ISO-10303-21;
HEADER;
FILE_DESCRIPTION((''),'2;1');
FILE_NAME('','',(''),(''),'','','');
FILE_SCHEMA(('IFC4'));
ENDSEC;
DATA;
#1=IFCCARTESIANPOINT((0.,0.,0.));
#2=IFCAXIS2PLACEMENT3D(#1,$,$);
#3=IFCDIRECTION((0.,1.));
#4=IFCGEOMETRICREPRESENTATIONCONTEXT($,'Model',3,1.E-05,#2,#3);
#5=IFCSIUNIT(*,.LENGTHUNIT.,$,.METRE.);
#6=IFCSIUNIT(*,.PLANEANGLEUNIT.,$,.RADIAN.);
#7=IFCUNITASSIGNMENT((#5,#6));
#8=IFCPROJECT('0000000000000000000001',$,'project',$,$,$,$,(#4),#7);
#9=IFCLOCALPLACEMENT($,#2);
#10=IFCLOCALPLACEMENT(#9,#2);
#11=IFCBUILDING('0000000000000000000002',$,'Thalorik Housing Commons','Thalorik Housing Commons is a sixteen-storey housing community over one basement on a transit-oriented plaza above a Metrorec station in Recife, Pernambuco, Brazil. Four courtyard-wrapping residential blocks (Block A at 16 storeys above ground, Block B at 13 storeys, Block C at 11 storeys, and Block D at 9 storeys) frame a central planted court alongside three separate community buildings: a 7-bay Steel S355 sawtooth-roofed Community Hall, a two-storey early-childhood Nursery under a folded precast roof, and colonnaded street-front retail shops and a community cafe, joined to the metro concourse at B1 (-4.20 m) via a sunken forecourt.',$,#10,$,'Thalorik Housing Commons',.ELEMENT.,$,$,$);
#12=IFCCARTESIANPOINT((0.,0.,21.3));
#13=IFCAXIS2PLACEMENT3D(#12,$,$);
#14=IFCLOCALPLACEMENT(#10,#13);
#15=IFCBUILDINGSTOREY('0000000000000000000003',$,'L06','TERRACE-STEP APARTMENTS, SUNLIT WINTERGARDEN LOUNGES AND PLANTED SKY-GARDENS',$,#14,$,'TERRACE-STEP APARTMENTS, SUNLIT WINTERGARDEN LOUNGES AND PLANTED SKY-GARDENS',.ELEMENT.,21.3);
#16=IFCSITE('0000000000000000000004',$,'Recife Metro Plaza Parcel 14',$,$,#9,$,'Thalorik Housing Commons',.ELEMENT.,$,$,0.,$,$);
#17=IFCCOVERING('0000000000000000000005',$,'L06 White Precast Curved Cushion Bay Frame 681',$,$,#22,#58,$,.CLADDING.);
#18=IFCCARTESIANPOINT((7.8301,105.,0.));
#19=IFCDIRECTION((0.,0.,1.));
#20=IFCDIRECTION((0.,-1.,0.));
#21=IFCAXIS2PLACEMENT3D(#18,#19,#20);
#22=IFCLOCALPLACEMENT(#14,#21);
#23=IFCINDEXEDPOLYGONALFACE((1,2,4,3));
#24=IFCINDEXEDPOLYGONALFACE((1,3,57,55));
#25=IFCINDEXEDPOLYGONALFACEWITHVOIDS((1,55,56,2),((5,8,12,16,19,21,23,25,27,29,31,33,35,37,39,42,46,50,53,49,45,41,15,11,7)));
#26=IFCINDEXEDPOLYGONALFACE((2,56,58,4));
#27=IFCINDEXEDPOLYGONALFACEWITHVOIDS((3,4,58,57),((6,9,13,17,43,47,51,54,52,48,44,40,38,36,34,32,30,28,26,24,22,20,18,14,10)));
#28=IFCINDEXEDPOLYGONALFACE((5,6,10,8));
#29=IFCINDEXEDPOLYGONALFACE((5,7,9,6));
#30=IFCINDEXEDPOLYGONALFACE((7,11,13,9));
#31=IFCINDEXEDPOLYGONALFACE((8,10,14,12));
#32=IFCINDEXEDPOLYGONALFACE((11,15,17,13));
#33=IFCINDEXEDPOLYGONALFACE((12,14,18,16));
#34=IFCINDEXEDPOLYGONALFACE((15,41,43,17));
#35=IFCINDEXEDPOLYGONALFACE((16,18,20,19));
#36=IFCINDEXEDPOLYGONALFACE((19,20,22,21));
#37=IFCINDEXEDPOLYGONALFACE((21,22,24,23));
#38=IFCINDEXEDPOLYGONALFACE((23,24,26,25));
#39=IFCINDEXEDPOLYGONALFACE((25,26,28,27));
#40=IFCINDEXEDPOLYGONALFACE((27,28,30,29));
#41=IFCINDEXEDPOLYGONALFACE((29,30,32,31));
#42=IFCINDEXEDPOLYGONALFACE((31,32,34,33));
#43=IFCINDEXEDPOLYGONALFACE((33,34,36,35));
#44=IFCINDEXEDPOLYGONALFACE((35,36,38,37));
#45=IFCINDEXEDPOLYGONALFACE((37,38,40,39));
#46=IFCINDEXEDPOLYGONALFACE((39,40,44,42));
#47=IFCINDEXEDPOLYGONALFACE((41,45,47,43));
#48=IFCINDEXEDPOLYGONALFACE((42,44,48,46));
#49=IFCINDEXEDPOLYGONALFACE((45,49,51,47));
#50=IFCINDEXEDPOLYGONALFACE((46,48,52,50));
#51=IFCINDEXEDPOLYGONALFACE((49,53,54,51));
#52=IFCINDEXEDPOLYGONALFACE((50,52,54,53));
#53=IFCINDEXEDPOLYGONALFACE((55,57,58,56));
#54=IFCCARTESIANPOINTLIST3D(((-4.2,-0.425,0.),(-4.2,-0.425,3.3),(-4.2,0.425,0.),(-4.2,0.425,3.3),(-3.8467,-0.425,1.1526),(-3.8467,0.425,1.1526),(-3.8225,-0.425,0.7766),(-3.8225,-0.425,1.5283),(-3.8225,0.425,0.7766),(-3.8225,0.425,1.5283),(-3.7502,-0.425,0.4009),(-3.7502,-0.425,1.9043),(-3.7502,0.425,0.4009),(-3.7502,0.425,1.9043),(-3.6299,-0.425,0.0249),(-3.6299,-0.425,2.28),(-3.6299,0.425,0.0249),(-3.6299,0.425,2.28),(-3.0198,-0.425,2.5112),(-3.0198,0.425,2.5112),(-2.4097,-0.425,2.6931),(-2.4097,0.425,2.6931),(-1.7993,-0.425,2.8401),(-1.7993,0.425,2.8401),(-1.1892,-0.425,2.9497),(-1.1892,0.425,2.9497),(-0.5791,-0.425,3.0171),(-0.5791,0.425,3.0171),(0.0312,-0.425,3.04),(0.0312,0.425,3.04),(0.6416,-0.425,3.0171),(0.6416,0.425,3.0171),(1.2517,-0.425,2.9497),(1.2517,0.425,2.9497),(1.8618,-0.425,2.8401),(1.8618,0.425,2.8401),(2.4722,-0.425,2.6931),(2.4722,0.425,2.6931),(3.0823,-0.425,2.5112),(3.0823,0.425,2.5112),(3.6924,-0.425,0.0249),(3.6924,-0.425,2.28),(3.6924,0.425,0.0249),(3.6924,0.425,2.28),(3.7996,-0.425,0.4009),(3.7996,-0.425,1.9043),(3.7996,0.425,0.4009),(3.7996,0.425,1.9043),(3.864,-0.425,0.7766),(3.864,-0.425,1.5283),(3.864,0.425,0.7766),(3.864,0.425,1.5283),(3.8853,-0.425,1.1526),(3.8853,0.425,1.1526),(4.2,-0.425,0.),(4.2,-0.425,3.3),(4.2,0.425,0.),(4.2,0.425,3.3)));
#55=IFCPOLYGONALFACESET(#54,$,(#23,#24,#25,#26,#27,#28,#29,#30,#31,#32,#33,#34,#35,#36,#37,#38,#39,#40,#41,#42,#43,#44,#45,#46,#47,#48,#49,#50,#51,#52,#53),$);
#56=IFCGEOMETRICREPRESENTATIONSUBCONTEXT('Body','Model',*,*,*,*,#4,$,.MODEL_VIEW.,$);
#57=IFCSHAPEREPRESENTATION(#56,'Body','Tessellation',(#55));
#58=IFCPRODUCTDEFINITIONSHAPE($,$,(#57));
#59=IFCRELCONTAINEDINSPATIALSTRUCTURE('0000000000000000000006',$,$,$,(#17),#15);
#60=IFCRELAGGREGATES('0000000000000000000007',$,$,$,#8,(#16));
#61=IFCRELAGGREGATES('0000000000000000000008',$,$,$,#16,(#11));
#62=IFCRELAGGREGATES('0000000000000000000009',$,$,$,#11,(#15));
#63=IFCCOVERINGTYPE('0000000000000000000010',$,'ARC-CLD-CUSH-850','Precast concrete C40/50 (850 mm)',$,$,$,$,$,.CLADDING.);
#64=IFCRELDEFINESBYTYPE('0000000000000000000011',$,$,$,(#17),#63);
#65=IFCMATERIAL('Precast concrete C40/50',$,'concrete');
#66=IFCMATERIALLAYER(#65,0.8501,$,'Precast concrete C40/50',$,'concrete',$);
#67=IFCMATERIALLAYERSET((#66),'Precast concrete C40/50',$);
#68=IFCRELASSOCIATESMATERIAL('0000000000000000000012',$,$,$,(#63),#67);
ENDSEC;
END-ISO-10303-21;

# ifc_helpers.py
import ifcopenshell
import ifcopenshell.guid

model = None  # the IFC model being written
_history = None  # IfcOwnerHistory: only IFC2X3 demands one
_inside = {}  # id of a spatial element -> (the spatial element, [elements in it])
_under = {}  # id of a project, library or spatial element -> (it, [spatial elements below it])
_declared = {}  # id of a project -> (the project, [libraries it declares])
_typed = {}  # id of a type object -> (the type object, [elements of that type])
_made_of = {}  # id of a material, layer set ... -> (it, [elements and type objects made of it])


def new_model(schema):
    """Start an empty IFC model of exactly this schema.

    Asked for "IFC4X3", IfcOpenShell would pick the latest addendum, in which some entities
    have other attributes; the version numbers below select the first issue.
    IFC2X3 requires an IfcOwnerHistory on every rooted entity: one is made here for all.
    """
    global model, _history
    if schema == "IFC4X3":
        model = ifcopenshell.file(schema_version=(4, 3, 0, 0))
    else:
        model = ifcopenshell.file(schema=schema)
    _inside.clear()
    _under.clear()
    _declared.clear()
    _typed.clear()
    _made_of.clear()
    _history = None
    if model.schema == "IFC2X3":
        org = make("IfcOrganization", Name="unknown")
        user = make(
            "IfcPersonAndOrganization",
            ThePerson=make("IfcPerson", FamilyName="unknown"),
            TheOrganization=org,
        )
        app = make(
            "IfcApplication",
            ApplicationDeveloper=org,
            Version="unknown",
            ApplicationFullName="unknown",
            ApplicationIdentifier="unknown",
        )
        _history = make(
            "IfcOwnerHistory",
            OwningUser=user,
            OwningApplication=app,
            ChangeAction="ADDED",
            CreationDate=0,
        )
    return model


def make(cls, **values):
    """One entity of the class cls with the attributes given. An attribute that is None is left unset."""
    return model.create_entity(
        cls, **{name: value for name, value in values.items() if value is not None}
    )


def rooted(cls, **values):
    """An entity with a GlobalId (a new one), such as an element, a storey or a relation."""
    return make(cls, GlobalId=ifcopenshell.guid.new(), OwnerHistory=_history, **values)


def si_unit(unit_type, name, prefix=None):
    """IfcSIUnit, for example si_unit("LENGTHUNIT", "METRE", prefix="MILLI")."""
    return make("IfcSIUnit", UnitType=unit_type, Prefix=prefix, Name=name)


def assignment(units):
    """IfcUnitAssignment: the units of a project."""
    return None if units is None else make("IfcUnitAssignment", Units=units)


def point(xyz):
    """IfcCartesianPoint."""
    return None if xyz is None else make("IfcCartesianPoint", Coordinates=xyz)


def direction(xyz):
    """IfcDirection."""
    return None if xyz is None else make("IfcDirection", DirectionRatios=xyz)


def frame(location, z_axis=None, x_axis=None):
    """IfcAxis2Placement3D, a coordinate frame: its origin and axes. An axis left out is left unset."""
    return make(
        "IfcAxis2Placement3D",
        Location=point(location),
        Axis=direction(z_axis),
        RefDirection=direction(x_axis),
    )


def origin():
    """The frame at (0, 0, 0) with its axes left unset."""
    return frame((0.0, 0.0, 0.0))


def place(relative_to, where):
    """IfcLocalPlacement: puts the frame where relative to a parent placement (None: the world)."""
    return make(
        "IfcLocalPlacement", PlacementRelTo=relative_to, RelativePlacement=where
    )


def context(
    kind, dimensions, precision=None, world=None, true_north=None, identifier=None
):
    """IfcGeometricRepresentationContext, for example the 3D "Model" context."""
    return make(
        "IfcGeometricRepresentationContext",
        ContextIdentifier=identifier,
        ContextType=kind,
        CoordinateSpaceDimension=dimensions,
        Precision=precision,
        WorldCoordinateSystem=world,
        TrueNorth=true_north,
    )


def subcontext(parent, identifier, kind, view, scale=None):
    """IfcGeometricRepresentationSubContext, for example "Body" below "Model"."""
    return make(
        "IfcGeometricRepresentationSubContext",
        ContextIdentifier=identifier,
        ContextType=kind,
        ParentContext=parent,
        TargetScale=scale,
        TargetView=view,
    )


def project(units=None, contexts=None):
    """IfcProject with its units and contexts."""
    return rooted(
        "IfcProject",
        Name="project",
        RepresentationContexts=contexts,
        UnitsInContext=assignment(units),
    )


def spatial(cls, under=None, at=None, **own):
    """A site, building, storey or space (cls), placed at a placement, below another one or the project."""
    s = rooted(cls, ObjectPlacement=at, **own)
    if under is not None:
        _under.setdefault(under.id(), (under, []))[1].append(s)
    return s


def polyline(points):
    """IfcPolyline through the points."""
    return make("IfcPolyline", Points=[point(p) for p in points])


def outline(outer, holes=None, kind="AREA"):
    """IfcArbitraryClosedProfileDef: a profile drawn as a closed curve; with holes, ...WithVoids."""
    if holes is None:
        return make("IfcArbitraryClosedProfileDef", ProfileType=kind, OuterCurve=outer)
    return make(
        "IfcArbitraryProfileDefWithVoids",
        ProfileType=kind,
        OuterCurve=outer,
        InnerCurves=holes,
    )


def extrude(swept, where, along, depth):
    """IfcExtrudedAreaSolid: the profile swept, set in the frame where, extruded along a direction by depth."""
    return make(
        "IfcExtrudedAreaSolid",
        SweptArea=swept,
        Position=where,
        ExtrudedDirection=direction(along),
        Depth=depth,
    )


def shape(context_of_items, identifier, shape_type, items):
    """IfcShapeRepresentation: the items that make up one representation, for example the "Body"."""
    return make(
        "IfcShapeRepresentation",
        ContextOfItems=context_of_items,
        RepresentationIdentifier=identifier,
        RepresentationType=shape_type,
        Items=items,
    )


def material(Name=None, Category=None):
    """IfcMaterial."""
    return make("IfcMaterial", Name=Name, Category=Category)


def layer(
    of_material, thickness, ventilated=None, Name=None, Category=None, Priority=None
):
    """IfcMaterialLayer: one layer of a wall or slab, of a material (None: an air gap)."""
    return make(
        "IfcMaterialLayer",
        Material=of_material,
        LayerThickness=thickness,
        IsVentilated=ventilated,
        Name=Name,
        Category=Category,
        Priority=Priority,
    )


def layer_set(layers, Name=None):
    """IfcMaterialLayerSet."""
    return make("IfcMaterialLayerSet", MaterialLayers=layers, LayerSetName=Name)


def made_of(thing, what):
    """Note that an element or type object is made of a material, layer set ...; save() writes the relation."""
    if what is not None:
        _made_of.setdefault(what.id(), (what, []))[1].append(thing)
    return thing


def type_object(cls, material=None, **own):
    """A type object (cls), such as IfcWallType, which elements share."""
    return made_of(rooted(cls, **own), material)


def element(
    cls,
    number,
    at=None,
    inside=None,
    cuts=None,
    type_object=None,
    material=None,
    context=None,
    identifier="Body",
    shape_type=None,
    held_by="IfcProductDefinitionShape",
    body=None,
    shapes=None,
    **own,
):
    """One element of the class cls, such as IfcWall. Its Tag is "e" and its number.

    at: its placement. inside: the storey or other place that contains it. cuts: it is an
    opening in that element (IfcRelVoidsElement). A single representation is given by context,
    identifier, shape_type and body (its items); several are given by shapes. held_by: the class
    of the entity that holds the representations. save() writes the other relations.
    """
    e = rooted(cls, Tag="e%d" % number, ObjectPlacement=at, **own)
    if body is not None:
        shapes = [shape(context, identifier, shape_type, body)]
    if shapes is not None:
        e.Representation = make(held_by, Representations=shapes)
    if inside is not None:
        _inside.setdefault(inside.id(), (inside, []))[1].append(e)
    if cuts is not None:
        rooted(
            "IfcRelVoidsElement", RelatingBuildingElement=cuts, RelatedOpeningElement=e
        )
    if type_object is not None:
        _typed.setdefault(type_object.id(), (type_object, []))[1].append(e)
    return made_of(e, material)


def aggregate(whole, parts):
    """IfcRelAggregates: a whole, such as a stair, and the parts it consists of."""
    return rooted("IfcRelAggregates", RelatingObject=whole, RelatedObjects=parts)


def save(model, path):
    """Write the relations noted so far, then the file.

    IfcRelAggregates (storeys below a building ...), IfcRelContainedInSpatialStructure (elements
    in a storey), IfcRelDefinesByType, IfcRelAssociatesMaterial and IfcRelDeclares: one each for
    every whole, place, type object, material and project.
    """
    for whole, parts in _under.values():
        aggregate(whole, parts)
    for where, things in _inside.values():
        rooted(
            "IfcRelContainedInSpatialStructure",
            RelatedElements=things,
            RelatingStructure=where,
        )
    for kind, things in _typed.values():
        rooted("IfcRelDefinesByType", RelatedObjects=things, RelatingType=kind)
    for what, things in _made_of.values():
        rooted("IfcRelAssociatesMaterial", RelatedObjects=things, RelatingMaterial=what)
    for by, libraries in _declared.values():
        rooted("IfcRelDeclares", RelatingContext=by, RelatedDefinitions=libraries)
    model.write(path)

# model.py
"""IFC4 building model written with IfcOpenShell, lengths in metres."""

from ifc_helpers import new_model, si_unit, direction, frame, origin, place, context, subcontext, project, spatial, polyline, outline, extrude, material, layer, layer_set, type_object, element, save


model = new_model("IFC4")

# Units and contexts
model_context = context("Model", 3, precision=1e-05, world=origin(), true_north=direction((0.0, 1.0)))
body_context = subcontext(model_context, "Body", "Model", "MODEL_VIEW")
ifc_project = project(units=[si_unit("LENGTHUNIT", "METRE"), si_unit("PLANEANGLEUNIT", "RADIAN")], contexts=[model_context])

# Site, building, storey
site_placement = place(None, origin())
site = spatial("IfcSite", under=ifc_project, at=site_placement, Name="Recife Metro Plaza Parcel 14", LongName="Thalorik Housing Commons", CompositionType="ELEMENT", RefElevation=0.0)
building_placement = place(site_placement, origin())
building = spatial("IfcBuilding", under=site, at=building_placement, Name="Thalorik Housing Commons", Description="Thalorik Housing Commons is a sixteen-storey housing community over one basement on a transit-oriented plaza above a Metrorec station in Recife, Pernambuco, Brazil. Four courtyard-wrapping residential blocks (Block A at 16 storeys above ground, Block B at 13 storeys, Block C at 11 storeys, and Block D at 9 storeys) frame a central planted court alongside three separate community buildings: a 7-bay Steel S355 sawtooth-roofed Community Hall, a two-storey early-childhood Nursery under a folded precast roof, and colonnaded street-front retail shops and a community cafe, joined to the metro concourse at B1 (-4.20 m) via a sunken forecourt.", LongName="Thalorik Housing Commons", CompositionType="ELEMENT")
storey_placement = place(building_placement, frame((0.0, 0.0, 21.3)))
storey = spatial("IfcBuildingStorey", under=building, at=storey_placement, Name="L06", Description="TERRACE-STEP APARTMENTS, SUNLIT WINTERGARDEN LOUNGES AND PLANTED SKY-GARDENS", LongName="TERRACE-STEP APARTMENTS, SUNLIT WINTERGARDEN LOUNGES AND PLANTED SKY-GARDENS", CompositionType="ELEMENT", Elevation=21.3)

# Shared definitions
ifc_material_1 = material(Name="Precast concrete C40/50", Category="concrete")

# Covering
ifc_layer_1 = layer(ifc_material_1, 0.8501, Name="Precast concrete C40/50", Category="concrete")
ifc_layer_set_1 = layer_set([ifc_layer_1], Name="Precast concrete C40/50")
covering_type_1 = type_object("IfcCoveringType", Name="ARC-CLD-CUSH-850", Description="Precast concrete C40/50 (850 mm)", PredefinedType="CLADDING", material=ifc_layer_set_1)
covering_1_placement = place(storey_placement, frame((7.8301, 105.0, 0.0), z_axis=(0.0, 0.0, 1.0), x_axis=(0.0, -1.0, 0.0)))
element("IfcCovering", 1, at=covering_1_placement, inside=storey, type_object=covering_type_1, Name="L06 White Precast Curved Cushion Bay Frame 681", PredefinedType="CLADDING", context=body_context, shape_type="SweptSolid", body=[
    extrude(outline(polyline([(-4.2, 0.0), (4.2, 0.0), (4.2, 3.3), (-4.2, 3.3), (-4.2, 0.0)]), holes=[polyline([(3.6924, 0.0249), (3.7996, 0.4009), (3.864, 0.7766), (3.8853, 1.1526), (3.864, 1.5283), (3.7996, 1.9043), (3.6924, 2.28), (3.0823, 2.5112), (2.4722, 2.6931), (1.8618, 2.8401), (1.2517, 2.9497), (0.6416, 3.0171), (0.0312, 3.04), (-0.5791, 3.0171), (-1.1892, 2.9497), (-1.7993, 2.8401), (-2.4097, 2.6931), (-3.0198, 2.5112), (-3.6299, 2.28), (-3.7502, 1.9043), (-3.8225, 1.5283), (-3.8467, 1.1526), (-3.8225, 0.7766), (-3.7502, 0.4009), (-3.6299, 0.0249), (3.6924, 0.0249)])]), frame((0.0, 0.425, 0.0), z_axis=(0.0, -1.0, 0.0), x_axis=(1.0, 0.0, 0.0)), (0.0, 0.0, 1.0), 0.8501),
])

save(model, "model.ifc")
